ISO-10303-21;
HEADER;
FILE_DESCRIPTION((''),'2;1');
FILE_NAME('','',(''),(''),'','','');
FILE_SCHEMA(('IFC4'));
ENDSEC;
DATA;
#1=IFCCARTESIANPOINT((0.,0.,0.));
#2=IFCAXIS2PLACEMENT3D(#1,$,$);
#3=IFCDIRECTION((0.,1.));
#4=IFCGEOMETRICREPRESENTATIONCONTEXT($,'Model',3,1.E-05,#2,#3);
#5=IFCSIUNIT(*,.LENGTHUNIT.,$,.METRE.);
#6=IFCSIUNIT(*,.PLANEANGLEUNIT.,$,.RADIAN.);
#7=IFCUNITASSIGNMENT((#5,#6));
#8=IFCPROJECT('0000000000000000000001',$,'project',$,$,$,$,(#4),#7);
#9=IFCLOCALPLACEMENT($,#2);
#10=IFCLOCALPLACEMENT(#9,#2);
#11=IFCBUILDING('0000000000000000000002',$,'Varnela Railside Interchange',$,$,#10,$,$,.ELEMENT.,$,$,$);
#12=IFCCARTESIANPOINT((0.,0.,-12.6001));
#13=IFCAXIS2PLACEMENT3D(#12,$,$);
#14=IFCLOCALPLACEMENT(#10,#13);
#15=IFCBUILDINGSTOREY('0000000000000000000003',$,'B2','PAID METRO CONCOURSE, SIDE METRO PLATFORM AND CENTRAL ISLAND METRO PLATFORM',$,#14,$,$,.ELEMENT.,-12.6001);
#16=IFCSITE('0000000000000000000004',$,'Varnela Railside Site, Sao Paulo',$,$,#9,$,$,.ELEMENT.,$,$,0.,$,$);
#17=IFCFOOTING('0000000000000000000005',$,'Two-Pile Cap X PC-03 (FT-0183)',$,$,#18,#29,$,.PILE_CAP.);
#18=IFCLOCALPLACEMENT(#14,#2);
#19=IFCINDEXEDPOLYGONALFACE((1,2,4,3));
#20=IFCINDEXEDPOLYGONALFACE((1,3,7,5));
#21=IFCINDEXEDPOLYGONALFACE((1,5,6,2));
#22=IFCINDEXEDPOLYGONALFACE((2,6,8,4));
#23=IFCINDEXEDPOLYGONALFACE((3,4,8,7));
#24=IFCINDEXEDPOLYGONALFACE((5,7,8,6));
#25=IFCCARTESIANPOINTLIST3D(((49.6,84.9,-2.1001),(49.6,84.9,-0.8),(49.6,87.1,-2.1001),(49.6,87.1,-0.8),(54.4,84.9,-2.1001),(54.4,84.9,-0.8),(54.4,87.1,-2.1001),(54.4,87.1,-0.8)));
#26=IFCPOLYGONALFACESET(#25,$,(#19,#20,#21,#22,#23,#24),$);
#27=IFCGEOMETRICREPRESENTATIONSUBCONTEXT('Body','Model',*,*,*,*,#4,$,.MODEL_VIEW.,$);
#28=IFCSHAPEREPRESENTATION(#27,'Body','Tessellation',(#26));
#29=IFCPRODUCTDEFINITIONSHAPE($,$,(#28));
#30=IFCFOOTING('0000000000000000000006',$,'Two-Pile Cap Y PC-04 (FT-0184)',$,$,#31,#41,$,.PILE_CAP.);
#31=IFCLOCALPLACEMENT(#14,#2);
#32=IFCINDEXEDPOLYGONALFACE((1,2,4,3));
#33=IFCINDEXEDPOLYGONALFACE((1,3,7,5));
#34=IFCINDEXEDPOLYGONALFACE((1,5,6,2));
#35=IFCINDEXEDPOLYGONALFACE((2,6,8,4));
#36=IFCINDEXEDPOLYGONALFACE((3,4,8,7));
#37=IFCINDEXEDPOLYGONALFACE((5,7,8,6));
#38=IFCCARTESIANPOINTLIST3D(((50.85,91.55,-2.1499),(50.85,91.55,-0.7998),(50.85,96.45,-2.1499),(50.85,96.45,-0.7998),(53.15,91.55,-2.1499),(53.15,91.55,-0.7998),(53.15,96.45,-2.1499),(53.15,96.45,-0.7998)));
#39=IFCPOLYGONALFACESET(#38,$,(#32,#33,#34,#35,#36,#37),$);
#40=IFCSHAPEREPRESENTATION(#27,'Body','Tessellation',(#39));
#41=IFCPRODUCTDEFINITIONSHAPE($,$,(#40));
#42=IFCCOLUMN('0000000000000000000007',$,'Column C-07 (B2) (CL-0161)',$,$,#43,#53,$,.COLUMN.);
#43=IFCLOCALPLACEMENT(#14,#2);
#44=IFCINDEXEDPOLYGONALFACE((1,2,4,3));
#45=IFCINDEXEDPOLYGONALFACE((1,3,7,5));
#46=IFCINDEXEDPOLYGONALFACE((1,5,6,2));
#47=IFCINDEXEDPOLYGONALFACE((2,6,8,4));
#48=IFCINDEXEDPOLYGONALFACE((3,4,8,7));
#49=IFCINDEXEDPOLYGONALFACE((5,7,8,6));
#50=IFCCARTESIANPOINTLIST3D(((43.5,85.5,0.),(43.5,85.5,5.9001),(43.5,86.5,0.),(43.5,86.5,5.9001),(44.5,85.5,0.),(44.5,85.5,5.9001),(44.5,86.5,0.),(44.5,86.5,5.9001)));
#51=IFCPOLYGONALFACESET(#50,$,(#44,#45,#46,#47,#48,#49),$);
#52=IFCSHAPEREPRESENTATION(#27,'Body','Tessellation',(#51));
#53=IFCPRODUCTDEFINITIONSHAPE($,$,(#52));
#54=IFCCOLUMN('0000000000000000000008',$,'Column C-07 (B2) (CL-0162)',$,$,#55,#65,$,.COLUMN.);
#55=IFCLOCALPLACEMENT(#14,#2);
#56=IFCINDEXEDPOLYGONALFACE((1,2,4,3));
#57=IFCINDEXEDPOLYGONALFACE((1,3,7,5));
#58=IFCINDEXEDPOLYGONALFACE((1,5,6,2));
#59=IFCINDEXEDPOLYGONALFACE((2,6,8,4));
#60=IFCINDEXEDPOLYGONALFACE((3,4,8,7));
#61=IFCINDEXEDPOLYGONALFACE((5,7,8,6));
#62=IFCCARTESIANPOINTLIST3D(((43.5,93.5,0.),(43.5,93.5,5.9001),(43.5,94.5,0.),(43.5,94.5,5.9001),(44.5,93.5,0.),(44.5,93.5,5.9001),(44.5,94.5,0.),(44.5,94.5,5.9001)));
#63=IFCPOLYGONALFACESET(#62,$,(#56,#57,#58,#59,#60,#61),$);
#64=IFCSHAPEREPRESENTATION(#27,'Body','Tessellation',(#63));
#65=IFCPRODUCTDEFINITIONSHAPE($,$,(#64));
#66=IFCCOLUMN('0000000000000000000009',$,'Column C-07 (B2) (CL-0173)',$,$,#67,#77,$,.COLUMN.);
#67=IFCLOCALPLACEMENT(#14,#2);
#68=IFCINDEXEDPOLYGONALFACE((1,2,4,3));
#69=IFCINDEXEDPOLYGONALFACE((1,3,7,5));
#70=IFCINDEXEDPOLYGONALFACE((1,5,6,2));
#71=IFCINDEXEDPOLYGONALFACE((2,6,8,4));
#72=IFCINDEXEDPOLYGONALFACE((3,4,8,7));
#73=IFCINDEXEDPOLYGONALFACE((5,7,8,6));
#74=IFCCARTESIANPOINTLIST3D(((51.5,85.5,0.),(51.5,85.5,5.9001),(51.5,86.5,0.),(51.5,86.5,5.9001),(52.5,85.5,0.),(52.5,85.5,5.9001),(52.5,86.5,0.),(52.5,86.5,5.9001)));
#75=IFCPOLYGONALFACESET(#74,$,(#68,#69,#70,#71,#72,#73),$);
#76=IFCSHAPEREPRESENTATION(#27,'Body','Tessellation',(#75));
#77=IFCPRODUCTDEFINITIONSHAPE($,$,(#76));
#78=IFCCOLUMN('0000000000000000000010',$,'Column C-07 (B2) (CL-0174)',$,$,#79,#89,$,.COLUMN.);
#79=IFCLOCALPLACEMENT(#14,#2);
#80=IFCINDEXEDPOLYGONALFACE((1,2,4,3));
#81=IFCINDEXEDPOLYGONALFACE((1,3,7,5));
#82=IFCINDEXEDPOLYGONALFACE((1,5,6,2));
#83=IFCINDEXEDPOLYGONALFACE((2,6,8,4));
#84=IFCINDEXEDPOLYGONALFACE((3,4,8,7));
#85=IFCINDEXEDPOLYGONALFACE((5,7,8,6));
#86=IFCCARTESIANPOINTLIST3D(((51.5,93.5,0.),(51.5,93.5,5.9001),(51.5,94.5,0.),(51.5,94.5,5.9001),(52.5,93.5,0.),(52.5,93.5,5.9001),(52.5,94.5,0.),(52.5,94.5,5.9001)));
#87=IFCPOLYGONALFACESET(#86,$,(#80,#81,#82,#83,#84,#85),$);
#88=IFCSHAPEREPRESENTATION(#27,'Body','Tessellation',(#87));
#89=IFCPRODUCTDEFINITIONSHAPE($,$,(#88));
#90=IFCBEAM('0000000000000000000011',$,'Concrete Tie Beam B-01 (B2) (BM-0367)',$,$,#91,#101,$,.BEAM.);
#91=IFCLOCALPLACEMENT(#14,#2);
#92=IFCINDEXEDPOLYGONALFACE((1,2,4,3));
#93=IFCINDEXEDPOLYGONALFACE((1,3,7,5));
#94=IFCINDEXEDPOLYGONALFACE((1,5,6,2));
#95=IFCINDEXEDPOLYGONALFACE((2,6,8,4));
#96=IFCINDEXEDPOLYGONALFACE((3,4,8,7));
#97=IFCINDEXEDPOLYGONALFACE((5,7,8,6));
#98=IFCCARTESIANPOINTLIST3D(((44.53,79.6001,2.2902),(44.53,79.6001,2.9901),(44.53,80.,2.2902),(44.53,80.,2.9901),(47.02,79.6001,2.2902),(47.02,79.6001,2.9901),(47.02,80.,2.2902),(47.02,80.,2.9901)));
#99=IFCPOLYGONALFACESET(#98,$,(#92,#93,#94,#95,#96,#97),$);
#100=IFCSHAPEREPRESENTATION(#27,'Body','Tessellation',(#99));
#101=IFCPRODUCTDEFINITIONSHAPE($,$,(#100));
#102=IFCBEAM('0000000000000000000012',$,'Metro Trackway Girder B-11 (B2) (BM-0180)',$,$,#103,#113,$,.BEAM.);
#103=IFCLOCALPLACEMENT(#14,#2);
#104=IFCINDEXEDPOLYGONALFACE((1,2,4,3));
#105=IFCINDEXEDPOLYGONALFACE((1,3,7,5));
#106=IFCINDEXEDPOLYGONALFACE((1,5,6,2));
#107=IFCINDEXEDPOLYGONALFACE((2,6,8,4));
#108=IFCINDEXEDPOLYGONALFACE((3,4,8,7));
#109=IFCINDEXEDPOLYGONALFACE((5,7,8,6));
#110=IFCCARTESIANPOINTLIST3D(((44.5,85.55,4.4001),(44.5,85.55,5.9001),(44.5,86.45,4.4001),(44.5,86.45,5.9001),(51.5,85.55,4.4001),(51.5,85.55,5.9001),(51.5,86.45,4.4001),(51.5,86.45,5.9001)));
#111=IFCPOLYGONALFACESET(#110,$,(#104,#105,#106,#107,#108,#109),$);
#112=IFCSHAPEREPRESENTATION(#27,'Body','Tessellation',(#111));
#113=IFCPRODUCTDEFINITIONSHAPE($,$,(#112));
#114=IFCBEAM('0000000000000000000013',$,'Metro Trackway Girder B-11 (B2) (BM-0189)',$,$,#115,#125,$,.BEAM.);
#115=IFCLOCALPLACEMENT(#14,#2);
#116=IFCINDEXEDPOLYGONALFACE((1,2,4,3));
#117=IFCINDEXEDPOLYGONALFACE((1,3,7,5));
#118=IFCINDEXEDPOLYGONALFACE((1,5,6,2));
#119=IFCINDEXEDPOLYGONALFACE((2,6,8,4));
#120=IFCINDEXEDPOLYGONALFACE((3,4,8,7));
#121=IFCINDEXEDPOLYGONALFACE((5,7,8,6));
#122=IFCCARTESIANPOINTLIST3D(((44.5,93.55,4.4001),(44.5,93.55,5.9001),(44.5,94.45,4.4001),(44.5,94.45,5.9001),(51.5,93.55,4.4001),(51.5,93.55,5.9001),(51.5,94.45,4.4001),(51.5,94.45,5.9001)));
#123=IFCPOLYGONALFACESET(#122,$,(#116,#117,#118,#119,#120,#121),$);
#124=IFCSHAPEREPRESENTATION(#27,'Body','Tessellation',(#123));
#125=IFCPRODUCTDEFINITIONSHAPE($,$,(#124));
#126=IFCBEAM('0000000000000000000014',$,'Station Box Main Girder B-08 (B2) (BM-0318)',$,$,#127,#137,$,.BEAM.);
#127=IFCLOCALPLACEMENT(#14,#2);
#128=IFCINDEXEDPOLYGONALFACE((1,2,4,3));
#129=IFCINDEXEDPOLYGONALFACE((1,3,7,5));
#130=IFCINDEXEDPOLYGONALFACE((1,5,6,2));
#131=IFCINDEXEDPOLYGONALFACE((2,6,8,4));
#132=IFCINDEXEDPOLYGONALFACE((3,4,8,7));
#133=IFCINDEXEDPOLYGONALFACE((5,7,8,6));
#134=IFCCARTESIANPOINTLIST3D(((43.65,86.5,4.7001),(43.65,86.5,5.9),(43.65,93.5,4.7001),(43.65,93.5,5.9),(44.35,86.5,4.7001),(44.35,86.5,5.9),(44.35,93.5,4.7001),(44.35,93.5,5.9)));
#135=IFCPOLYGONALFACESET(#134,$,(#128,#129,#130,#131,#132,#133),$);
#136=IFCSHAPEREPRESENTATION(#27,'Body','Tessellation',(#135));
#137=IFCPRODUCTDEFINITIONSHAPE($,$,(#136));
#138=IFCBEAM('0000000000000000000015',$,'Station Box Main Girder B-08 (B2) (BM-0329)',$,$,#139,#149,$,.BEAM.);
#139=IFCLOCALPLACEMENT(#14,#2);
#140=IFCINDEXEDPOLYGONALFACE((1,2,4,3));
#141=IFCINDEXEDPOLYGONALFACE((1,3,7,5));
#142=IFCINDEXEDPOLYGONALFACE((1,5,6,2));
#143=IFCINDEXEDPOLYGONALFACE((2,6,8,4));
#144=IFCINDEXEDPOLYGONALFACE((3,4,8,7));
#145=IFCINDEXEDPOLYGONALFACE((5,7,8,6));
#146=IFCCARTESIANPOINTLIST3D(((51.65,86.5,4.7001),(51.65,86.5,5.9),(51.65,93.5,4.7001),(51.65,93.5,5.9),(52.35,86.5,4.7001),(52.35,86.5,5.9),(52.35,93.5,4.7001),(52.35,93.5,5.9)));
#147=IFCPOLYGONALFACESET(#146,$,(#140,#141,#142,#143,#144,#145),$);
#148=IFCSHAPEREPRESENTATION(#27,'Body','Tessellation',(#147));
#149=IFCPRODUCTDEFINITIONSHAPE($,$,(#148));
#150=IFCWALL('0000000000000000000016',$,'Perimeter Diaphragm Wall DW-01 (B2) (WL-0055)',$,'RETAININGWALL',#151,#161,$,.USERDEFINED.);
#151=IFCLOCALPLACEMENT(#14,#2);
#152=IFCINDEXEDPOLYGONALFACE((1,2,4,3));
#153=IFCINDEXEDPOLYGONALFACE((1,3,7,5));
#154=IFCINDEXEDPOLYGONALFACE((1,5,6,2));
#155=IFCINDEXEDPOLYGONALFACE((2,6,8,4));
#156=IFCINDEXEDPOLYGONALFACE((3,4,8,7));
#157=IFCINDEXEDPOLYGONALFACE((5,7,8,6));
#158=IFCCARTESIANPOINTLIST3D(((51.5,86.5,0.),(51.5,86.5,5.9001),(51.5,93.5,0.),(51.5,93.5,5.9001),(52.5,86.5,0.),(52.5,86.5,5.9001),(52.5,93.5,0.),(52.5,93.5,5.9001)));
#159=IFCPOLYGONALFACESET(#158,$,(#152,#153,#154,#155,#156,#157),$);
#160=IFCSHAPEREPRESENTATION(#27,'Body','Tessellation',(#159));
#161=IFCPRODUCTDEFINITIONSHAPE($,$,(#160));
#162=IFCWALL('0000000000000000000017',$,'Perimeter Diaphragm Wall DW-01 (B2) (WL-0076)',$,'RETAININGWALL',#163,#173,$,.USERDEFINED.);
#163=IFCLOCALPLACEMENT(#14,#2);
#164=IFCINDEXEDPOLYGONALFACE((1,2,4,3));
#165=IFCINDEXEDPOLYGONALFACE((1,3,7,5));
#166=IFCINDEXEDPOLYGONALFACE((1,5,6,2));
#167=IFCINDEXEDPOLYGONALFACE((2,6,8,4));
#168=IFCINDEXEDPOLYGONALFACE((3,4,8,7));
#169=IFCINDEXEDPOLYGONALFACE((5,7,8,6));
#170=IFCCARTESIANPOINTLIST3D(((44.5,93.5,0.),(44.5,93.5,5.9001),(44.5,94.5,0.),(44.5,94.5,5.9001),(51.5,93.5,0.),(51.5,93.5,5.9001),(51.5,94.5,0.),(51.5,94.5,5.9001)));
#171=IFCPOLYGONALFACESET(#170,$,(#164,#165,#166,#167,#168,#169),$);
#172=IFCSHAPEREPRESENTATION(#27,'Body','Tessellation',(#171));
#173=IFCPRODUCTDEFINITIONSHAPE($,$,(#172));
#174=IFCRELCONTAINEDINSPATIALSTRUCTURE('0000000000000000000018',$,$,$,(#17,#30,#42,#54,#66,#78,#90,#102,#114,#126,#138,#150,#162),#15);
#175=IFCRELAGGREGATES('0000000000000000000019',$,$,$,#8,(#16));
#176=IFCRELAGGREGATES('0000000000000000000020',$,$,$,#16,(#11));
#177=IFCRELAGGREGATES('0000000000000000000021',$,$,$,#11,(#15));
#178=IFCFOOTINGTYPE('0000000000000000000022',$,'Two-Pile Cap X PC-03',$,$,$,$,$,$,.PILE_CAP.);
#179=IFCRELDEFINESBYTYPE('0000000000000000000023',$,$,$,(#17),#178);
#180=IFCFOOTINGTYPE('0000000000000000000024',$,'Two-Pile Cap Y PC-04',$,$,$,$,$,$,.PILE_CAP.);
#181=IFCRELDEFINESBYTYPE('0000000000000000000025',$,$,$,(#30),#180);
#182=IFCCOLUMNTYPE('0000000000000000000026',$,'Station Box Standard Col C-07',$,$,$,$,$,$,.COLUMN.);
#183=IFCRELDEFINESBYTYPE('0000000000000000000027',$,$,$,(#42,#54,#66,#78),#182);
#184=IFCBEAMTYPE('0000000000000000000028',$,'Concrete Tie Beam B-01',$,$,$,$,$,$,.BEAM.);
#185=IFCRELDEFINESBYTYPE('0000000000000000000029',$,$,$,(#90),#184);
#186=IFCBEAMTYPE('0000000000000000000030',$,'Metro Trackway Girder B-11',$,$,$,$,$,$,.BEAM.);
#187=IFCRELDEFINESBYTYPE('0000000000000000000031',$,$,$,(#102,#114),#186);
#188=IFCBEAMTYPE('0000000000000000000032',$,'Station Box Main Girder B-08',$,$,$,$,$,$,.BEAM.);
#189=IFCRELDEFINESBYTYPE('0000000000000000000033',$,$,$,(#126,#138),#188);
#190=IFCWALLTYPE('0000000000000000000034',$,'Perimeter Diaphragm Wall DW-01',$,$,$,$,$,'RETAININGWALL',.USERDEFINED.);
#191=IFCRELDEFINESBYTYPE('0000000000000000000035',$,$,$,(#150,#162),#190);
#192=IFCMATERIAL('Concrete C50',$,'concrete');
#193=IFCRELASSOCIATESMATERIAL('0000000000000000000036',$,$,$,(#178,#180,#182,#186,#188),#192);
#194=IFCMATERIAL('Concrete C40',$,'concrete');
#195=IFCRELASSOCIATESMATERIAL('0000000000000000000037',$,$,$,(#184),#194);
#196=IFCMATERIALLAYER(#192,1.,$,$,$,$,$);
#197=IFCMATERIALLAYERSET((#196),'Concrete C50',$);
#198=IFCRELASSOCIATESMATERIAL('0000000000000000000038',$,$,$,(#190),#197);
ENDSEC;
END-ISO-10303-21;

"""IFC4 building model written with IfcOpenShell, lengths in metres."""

from ifc_helpers import new_model, si_unit, direction, frame, frame_2d, origin, origin_2d, place, context, subcontext, project, spatial, rectangle, extrude, material, layer, layer_set, material_profile, profile_set, type_object, element, save


model = new_model("IFC4")

# Units and contexts
model_context = context("Model", 3, precision=1e-05, world=origin(), true_north=direction((0.0, 1.0)))
body_context = subcontext(model_context, "Body", "Model", "MODEL_VIEW")
ifc_project = project(units=[si_unit("LENGTHUNIT", "METRE"), si_unit("PLANEANGLEUNIT", "RADIAN")], contexts=[model_context])

# Site, building, storey
site_placement = place(None, origin())
site = spatial("IfcSite", under=ifc_project, at=site_placement, Name="Varnela Railside Site, Sao Paulo", CompositionType="ELEMENT", RefElevation=0.0)
building_placement = place(site_placement, origin())
building = spatial("IfcBuilding", under=site, at=building_placement, Name="Varnela Railside Interchange", CompositionType="ELEMENT")
storey_placement = place(building_placement, frame((0.0, 0.0, -12.6001)))
storey = spatial("IfcBuildingStorey", under=building, at=storey_placement, Name="B2", Description="PAID METRO CONCOURSE, SIDE METRO PLATFORM AND CENTRAL ISLAND METRO PLATFORM", CompositionType="ELEMENT", Elevation=-12.6001)

# Shared definitions
ifc_material_1 = material(Name="Concrete C40", Category="concrete")

# Footings
ifc_material_2 = material(Name="Concrete C50", Category="concrete")
footing_type_1 = type_object("IfcFootingType", Name="Two-Pile Cap X PC-03", PredefinedType="PILE_CAP", material=ifc_material_2)
for number, where, z_axis, x_axis, name in (
    (1, (52.0, 86.0, -2.1001), (0.0, 0.0, 1.0), (1.0, 0.0, 0.0), "Two-Pile Cap X PC-03 (FT-0183)"),
):
    element("IfcFooting", number, at=place(storey_placement, frame(where, z_axis=z_axis, x_axis=x_axis)), inside=storey, type_object=footing_type_1, Name=name, PredefinedType="PILE_CAP", context=body_context, shape_type="SweptSolid", body=[
        extrude(rectangle(XDim=4.8, YDim=2.2, at=origin_2d()), origin(), (0.0, 0.0, 1.0), 1.3),
    ])
footing_type_2 = type_object("IfcFootingType", Name="Two-Pile Cap Y PC-04", PredefinedType="PILE_CAP", material=ifc_material_2)
footing_1_placement = place(storey_placement, frame((52.0, 94.0, -2.1499), z_axis=(0.0, 0.0, 1.0), x_axis=(1.0, 0.0, 0.0)))
element("IfcFooting", 2, at=footing_1_placement, inside=storey, type_object=footing_type_2, Name="Two-Pile Cap Y PC-04 (FT-0184)", PredefinedType="PILE_CAP", context=body_context, shape_type="SweptSolid", body=[
    extrude(rectangle(XDim=2.3, YDim=4.8999, at=origin_2d()), origin(), (0.0, 0.0, 1.0), 1.3501),
])

# Columns
ifc_material_profile_1 = material_profile(ifc_material_2, rectangle(XDim=1.0, YDim=1.0, at=origin_2d()), Name="RC 1000x1000")
ifc_profile_set_1 = profile_set([ifc_material_profile_1], Name="Concrete C50")
column_type = type_object("IfcColumnType", Name="Station Box Standard Col C-07", PredefinedType="COLUMN", material=ifc_profile_set_1)
for number, where, z_axis, x_axis, name in (
    (3, (44.0, 86.0, 0.0), (0.0, 0.0, 1.0), (1.0, 0.0, 0.0), "Column C-07 (B2) (CL-0161)"),
    (4, (44.0, 94.0, 0.0), (0.0, 0.0, 1.0), (1.0, 0.0, 0.0), "Column C-07 (B2) (CL-0162)"),
    (5, (52.0, 86.0, 0.0), (0.0, 0.0, 1.0), (1.0, 0.0, 0.0), "Column C-07 (B2) (CL-0173)"),
    (6, (52.0, 94.0, 0.0), (0.0, 0.0, 1.0), (1.0, 0.0, 0.0), "Column C-07 (B2) (CL-0174)"),
):
    element("IfcColumn", number, at=place(storey_placement, frame(where, z_axis=z_axis, x_axis=x_axis)), inside=storey, type_object=column_type, Name=name, PredefinedType="COLUMN", context=body_context, shape_type="SweptSolid", body=[
        extrude(rectangle(XDim=1.0, YDim=1.0, at=origin_2d()), origin(), (0.0, 0.0, 1.0), 5.9001),
    ])

# Beams
ifc_material_profile_2 = material_profile(ifc_material_1, rectangle(XDim=0.3999, YDim=0.7, at=origin_2d()), Name="RC 400x700")
ifc_profile_set_2 = profile_set([ifc_material_profile_2], Name="Concrete C40")
beam_type_1 = type_object("IfcBeamType", Name="Concrete Tie Beam B-01", PredefinedType="BEAM", material=ifc_profile_set_2)
beam_placement = place(storey_placement, frame((44.53, 79.8, 2.6401), z_axis=(1.0, 0.0, 0.0), x_axis=(0.0, 1.0, 0.0)))
element("IfcBeam", 7, at=beam_placement, inside=storey, type_object=beam_type_1, Name="Concrete Tie Beam B-01 (B2) (BM-0367)", PredefinedType="BEAM", context=body_context, shape_type="SweptSolid", body=[
    extrude(rectangle(XDim=0.3999, YDim=0.7, at=origin_2d()), origin(), (0.0, 0.0, 1.0), 2.49),
])
ifc_material_profile_3 = material_profile(ifc_material_2, rectangle(XDim=0.8999, YDim=1.5, at=origin_2d()), Name="RC 900x1500")
ifc_profile_set_3 = profile_set([ifc_material_profile_3], Name="Concrete C50")
beam_type_2 = type_object("IfcBeamType", Name="Metro Trackway Girder B-11", PredefinedType="BEAM", material=ifc_profile_set_3)
for number, where, z_axis, x_axis, name in (
    (8, (44.5, 86.0, 5.1501), (1.0, 0.0, 0.0), (0.0, 1.0, 0.0), "Metro Trackway Girder B-11 (B2) (BM-0180)"),
    (9, (44.5, 94.0, 5.1501), (1.0, 0.0, 0.0), (0.0, 1.0, 0.0), "Metro Trackway Girder B-11 (B2) (BM-0189)"),
):
    element("IfcBeam", number, at=place(storey_placement, frame(where, z_axis=z_axis, x_axis=x_axis)), inside=storey, type_object=beam_type_2, Name=name, PredefinedType="BEAM", context=body_context, shape_type="SweptSolid", body=[
        extrude(rectangle(XDim=0.8999, YDim=1.5, at=origin_2d()), origin(), (0.0, 0.0, 1.0), 7.0),
    ])
ifc_material_profile_4 = material_profile(ifc_material_2, rectangle(XDim=0.7, YDim=1.2, at=origin_2d()), Name="RC 700x1200")
ifc_profile_set_4 = profile_set([ifc_material_profile_4], Name="Concrete C50")
beam_type_3 = type_object("IfcBeamType", Name="Station Box Main Girder B-08", PredefinedType="BEAM", material=ifc_profile_set_4)
for number, where, z_axis, x_axis, name in (
    (10, (44.0, 86.5, 5.3), (0.0, 1.0, 0.0), (-1.0, 0.0, 0.0), "Station Box Main Girder B-08 (B2) (BM-0318)"),
    (11, (52.0, 86.5, 5.3), (0.0, 1.0, 0.0), (-1.0, 0.0, 0.0), "Station Box Main Girder B-08 (B2) (BM-0329)"),
):
    element("IfcBeam", number, at=place(storey_placement, frame(where, z_axis=z_axis, x_axis=x_axis)), inside=storey, type_object=beam_type_3, Name=name, PredefinedType="BEAM", context=body_context, shape_type="SweptSolid", body=[
        extrude(rectangle(XDim=0.7, YDim=1.2, at=origin_2d()), origin(), (0.0, 0.0, 1.0), 7.0),
    ])

# Walls
ifc_layer = layer(ifc_material_2, 1.0)
ifc_layer_set = layer_set([ifc_layer], Name="Concrete C50")
wall_type = type_object("IfcWallType", Name="Perimeter Diaphragm Wall DW-01", ElementType="RETAININGWALL", PredefinedType="USERDEFINED", material=ifc_layer_set)
for number, where, z_axis, x_axis, name in (
    (12, (52.0, 86.5, 0.0), (0.0, 0.0, 1.0), (0.0, 1.0, 0.0), "Perimeter Diaphragm Wall DW-01 (B2) (WL-0055)"),
    (13, (51.5, 94.0, 0.0), (0.0, 0.0, 1.0), (-1.0, 0.0, 0.0), "Perimeter Diaphragm Wall DW-01 (B2) (WL-0076)"),
):
    element("IfcWall", number, at=place(storey_placement, frame(where, z_axis=z_axis, x_axis=x_axis)), inside=storey, type_object=wall_type, Name=name, ObjectType="RETAININGWALL", PredefinedType="USERDEFINED", context=body_context, shape_type="SweptSolid", body=[
        extrude(rectangle(XDim=7.0, YDim=1.0, at=frame_2d((3.5, 0.0))), origin(), (0.0, 0.0, 1.0), 5.9001),
    ])

save(model, "model.ifc")
